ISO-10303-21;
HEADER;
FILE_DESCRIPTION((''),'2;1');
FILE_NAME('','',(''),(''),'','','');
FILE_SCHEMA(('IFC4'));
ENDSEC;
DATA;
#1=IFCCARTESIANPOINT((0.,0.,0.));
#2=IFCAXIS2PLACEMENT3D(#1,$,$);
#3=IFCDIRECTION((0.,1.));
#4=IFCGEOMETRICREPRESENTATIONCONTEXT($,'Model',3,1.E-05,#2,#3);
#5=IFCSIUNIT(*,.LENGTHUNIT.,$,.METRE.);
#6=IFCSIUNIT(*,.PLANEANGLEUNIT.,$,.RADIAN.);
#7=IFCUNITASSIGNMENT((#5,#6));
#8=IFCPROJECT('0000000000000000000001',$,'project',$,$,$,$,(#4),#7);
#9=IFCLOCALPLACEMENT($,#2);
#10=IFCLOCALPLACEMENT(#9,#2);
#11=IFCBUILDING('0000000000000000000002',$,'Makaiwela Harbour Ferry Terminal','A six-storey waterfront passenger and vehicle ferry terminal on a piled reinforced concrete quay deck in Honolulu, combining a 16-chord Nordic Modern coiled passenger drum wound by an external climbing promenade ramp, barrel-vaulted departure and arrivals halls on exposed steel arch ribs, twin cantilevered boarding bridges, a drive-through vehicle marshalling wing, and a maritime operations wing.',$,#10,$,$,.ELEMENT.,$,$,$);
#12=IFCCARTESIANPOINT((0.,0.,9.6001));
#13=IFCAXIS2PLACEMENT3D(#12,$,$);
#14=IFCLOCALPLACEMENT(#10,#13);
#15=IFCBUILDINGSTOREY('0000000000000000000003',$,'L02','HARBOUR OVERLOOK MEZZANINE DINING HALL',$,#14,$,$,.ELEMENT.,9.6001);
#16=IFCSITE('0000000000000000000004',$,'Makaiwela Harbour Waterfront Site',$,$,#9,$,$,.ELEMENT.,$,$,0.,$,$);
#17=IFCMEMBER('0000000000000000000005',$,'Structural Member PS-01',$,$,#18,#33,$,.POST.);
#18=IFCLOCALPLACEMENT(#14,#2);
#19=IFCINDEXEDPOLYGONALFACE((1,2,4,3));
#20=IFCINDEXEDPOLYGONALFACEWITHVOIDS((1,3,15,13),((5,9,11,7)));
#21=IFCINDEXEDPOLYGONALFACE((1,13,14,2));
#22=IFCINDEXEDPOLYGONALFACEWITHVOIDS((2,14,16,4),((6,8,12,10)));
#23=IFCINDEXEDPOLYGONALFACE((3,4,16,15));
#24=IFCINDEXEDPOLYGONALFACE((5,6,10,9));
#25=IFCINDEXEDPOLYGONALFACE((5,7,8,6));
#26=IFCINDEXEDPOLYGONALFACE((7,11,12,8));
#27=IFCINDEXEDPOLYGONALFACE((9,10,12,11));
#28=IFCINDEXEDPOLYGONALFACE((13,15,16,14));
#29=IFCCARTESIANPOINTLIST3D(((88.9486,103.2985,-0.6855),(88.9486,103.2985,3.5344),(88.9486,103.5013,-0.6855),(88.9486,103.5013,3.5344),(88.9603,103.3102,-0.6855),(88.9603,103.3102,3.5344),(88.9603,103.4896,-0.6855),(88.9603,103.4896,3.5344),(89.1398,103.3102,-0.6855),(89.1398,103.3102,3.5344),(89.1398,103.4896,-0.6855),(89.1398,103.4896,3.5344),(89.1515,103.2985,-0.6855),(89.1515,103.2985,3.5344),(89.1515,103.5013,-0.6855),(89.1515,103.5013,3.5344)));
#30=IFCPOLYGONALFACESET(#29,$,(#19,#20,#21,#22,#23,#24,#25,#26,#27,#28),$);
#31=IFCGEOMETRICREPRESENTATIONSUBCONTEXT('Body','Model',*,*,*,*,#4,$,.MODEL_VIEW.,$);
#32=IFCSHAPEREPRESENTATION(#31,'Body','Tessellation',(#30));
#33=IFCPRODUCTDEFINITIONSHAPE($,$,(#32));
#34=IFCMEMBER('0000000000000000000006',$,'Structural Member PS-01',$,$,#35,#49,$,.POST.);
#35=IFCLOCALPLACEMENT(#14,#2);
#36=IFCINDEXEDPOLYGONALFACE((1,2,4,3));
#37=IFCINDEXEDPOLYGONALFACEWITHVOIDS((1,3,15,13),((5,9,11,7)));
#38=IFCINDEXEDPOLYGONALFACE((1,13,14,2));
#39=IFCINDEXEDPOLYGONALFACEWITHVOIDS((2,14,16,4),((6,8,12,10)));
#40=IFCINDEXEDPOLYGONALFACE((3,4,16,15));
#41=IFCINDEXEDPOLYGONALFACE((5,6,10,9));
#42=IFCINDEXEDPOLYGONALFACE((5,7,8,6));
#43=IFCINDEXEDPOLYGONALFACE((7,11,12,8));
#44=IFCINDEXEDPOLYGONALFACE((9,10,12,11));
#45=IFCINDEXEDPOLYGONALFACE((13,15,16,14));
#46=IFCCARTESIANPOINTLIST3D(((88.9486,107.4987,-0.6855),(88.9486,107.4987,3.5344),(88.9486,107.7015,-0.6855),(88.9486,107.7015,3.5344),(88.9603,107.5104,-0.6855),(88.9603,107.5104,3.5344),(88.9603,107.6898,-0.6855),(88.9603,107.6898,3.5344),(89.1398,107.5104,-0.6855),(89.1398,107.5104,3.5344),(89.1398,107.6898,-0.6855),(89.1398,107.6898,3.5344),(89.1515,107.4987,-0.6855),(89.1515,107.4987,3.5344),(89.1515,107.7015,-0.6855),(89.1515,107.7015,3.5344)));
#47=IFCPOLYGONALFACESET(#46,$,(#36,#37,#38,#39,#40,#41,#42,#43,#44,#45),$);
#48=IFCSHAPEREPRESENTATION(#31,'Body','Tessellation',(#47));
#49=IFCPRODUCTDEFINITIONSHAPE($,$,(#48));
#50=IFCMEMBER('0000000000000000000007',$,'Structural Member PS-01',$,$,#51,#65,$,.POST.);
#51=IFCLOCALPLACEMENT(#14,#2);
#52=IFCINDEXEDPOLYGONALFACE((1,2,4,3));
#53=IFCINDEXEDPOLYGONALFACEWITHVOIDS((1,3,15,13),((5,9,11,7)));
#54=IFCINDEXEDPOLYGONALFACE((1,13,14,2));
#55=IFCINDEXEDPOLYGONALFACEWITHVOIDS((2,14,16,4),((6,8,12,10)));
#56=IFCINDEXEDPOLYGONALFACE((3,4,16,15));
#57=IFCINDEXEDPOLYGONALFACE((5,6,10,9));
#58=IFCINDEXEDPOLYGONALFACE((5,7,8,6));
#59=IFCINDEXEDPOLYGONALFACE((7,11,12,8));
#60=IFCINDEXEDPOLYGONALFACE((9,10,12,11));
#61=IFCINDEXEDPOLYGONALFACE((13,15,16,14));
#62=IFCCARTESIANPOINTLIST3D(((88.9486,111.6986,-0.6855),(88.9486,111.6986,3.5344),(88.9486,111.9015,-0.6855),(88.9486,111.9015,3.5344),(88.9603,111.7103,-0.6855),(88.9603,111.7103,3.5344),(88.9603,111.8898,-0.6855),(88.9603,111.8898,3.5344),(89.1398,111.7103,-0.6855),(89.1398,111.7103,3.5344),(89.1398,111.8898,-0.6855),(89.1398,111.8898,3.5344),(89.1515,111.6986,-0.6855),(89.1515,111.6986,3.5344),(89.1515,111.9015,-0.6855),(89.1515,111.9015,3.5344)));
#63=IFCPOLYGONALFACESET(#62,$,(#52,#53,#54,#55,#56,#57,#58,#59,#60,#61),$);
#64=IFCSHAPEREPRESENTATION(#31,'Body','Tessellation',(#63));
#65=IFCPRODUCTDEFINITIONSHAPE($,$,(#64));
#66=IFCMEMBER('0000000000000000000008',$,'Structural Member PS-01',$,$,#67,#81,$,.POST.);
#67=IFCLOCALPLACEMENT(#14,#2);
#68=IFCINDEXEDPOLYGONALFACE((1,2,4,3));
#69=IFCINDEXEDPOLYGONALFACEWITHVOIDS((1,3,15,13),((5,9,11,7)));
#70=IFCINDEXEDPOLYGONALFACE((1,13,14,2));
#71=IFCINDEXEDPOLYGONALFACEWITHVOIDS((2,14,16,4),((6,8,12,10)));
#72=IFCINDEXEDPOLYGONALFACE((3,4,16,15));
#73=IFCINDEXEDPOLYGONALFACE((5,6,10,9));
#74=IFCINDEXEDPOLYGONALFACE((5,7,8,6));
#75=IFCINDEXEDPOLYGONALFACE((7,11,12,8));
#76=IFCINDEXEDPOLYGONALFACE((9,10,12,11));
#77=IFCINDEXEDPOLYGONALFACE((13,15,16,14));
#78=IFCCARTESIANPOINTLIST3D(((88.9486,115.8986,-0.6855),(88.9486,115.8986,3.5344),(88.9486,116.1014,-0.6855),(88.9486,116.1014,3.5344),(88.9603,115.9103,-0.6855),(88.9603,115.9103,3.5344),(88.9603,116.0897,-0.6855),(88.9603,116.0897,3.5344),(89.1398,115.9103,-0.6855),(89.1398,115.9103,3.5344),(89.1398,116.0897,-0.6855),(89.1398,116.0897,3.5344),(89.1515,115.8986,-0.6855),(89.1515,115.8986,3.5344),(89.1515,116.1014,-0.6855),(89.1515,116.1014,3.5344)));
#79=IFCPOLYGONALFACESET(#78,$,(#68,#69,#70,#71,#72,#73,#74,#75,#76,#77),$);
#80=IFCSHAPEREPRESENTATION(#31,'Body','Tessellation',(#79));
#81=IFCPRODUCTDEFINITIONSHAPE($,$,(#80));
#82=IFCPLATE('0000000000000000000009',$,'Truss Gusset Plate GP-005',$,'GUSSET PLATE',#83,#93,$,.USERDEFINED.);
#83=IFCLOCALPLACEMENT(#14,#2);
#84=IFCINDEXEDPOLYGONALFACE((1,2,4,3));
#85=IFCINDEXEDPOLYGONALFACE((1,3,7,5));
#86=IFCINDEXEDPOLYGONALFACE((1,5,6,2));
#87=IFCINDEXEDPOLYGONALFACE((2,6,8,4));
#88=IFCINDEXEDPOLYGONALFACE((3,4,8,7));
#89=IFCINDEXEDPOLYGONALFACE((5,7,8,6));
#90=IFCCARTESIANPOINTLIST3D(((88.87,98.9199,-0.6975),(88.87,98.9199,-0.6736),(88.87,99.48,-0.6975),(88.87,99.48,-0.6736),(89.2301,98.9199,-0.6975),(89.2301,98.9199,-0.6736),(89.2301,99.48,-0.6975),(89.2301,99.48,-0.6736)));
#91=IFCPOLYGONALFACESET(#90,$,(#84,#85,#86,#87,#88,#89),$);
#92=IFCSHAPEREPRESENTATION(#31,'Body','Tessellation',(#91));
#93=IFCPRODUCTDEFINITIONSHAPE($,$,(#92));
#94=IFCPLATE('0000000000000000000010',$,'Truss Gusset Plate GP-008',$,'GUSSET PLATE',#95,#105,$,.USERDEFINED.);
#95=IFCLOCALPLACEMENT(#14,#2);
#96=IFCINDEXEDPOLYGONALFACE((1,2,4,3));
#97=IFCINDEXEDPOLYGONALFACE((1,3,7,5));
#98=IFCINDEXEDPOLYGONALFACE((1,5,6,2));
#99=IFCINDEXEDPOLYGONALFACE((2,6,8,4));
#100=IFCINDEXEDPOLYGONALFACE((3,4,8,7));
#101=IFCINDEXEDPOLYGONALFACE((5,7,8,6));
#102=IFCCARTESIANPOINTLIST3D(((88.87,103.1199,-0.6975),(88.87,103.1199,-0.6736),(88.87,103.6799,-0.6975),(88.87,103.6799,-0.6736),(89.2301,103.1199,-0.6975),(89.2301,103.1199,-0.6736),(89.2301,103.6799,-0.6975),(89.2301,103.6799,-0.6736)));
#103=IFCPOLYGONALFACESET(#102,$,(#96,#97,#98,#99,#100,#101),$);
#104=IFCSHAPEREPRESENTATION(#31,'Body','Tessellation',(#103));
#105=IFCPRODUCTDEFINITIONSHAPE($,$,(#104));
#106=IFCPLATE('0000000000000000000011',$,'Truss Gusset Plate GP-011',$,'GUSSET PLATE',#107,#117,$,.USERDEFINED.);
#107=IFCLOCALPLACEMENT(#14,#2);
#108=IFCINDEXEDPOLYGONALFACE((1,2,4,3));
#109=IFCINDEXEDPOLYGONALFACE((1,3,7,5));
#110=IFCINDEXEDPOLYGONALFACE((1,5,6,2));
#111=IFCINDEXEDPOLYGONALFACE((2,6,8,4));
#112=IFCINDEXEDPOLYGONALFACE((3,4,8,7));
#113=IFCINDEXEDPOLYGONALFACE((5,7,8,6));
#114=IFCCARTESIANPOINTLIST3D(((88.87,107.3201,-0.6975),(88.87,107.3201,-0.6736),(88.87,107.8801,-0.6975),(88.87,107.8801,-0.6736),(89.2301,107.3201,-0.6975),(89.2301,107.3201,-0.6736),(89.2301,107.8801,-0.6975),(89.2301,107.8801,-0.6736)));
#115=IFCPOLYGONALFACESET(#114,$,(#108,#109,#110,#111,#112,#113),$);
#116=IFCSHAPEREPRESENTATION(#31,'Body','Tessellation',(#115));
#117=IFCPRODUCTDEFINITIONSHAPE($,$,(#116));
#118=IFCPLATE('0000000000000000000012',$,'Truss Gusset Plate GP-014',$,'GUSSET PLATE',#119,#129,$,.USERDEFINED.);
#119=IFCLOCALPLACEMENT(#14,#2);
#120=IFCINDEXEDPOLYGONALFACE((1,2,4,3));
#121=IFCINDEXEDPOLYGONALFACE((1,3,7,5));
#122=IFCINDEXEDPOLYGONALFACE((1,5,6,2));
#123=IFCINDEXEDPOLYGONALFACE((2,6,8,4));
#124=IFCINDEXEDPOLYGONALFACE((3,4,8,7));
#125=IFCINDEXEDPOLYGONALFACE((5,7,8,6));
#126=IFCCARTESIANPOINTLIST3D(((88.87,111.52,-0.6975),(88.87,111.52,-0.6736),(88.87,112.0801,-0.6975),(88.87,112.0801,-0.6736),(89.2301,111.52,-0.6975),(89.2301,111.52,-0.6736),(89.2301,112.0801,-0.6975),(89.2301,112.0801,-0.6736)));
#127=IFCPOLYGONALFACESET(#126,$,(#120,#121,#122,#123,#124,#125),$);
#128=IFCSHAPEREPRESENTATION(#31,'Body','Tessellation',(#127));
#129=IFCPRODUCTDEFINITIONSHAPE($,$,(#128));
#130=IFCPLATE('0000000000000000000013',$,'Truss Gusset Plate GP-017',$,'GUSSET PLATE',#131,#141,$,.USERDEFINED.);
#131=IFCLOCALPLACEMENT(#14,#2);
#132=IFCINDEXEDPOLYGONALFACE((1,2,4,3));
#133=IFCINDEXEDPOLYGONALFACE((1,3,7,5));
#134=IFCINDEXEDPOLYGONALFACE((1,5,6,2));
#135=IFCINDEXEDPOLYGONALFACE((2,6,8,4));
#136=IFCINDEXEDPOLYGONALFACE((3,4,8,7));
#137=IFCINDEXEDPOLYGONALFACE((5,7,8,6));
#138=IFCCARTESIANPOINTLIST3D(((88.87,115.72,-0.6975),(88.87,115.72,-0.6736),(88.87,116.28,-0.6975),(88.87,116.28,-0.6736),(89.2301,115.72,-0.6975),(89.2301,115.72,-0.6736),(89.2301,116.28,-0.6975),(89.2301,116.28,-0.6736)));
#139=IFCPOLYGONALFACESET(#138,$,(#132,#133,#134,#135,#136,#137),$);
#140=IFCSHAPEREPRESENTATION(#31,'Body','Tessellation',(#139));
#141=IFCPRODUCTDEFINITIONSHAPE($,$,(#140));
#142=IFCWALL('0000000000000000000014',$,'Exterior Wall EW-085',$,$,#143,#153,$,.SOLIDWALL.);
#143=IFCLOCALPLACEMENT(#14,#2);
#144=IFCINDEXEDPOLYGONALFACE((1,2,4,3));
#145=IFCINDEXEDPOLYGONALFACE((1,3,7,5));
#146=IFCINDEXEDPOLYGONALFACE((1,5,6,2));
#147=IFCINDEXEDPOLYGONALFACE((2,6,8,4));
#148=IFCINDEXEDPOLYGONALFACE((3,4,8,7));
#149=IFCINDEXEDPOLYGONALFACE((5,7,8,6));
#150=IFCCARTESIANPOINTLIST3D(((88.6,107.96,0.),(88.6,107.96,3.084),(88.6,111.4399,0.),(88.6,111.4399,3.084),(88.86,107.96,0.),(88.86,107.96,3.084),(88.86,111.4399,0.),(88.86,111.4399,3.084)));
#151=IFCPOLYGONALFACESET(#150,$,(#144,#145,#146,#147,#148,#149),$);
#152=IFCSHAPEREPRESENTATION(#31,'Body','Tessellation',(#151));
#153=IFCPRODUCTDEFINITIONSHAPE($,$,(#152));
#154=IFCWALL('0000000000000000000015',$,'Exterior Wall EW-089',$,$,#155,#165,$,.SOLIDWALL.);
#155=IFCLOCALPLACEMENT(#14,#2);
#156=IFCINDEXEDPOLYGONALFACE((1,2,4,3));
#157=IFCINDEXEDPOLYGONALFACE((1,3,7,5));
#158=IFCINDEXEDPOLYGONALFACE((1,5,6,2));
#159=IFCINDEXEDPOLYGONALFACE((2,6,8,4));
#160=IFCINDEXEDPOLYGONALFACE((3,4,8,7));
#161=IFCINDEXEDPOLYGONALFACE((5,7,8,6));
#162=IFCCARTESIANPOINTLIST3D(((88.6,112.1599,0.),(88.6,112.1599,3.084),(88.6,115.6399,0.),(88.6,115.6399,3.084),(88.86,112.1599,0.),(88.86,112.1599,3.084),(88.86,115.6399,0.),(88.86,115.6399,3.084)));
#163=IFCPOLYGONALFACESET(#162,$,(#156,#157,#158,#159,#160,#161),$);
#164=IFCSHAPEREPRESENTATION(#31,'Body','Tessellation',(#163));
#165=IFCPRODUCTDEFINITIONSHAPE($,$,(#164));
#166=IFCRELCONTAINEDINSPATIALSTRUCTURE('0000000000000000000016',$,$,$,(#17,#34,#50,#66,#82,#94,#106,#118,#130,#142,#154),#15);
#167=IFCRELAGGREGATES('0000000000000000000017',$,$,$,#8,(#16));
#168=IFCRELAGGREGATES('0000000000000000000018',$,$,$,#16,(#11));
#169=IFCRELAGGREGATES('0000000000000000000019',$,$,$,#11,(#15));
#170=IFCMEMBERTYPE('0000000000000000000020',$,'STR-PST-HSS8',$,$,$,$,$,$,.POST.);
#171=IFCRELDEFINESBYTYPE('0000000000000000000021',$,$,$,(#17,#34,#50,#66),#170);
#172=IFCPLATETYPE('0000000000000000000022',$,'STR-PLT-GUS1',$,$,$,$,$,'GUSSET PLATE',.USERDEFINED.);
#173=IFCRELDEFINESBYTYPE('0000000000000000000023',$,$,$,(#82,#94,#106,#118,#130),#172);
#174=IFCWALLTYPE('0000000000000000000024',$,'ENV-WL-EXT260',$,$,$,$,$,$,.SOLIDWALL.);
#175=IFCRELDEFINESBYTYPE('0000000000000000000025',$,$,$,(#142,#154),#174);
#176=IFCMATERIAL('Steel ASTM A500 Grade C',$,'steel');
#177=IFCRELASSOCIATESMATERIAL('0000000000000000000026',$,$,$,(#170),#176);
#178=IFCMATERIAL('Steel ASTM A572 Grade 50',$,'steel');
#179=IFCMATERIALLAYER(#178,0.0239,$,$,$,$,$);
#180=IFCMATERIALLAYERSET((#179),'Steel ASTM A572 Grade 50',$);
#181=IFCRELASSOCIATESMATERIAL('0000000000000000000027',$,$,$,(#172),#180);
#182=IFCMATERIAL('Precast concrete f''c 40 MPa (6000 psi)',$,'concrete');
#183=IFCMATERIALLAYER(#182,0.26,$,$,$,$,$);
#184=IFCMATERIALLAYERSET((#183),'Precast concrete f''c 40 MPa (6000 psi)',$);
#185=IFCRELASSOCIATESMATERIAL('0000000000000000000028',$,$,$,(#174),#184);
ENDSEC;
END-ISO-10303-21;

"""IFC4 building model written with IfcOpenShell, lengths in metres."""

from ifc_helpers import new_model, si_unit, direction, frame, frame_2d, origin, origin_2d, place, context, subcontext, project, spatial, rectangle, hollow_rectangle, extrude, material, layer, layer_set, material_profile, profile_set, type_object, element, save


model = new_model("IFC4")

# Units and contexts
model_context = context("Model", 3, precision=1e-05, world=origin(), true_north=direction((0.0, 1.0)))
body_context = subcontext(model_context, "Body", "Model", "MODEL_VIEW")
ifc_project = project(units=[si_unit("LENGTHUNIT", "METRE"), si_unit("PLANEANGLEUNIT", "RADIAN")], contexts=[model_context])

# Site, building, storey
site_placement = place(None, origin())
site = spatial("IfcSite", under=ifc_project, at=site_placement, Name="Makaiwela Harbour Waterfront Site", CompositionType="ELEMENT", RefElevation=0.0)
building_placement = place(site_placement, origin())
building = spatial("IfcBuilding", under=site, at=building_placement, Name="Makaiwela Harbour Ferry Terminal", Description="A six-storey waterfront passenger and vehicle ferry terminal on a piled reinforced concrete quay deck in Honolulu, combining a 16-chord Nordic Modern coiled passenger drum wound by an external climbing promenade ramp, barrel-vaulted departure and arrivals halls on exposed steel arch ribs, twin cantilevered boarding bridges, a drive-through vehicle marshalling wing, and a maritime operations wing.", CompositionType="ELEMENT")
storey_placement = place(building_placement, frame((0.0, 0.0, 9.6001)))
storey = spatial("IfcBuildingStorey", under=building, at=storey_placement, Name="L02", Description="HARBOUR OVERLOOK MEZZANINE DINING HALL", CompositionType="ELEMENT", Elevation=9.6001)

# Shared definitions
ifc_material_1 = material(Name="Steel ASTM A500 Grade C", Category="steel")

# Members
ifc_material_profile_1 = material_profile(ifc_material_1, hollow_rectangle(XDim=0.2029, YDim=0.2029, WallThickness=0.0117, at=origin_2d()), Name="HSS8X8X1/2")
ifc_profile_set_1 = profile_set([ifc_material_profile_1], Name="Steel ASTM A500 Grade C")
member_type_1 = type_object("IfcMemberType", Name="STR-PST-HSS8", PredefinedType="POST", material=ifc_profile_set_1)
for number, where, z_axis, x_axis, name in (
    (1, (89.05, 103.3999, -0.6855), (0.0, 0.0, 1.0), (1.0, 0.0, 0.0), "Structural Member PS-01"),
    (2, (89.05, 107.6001, -0.6855), (0.0, 0.0, 1.0), (1.0, 0.0, 0.0), "Structural Member PS-01"),
    (3, (89.05, 111.8, -0.6855), (0.0, 0.0, 1.0), (1.0, 0.0, 0.0), "Structural Member PS-01"),
    (4, (89.05, 116.0, -0.6855), (0.0, 0.0, 1.0), (1.0, 0.0, 0.0), "Structural Member PS-01"),
):
    element("IfcMember", number, at=place(storey_placement, frame(where, z_axis=z_axis, x_axis=x_axis)), inside=storey, type_object=member_type_1, Name=name, PredefinedType="POST", context=body_context, shape_type="SweptSolid", body=[
        extrude(hollow_rectangle(XDim=0.2029, YDim=0.2029, WallThickness=0.0117, at=origin_2d()), origin(), (0.0, 0.0, 1.0), 4.22),
    ])

# Plates
ifc_material_2 = material(Name="Steel ASTM A572 Grade 50", Category="steel")
ifc_layer_1 = layer(ifc_material_2, 0.0239)
ifc_layer_set_1 = layer_set([ifc_layer_1], Name="Steel ASTM A572 Grade 50")
plate_type = type_object("IfcPlateType", Name="STR-PLT-GUS1", ElementType="GUSSET PLATE", PredefinedType="USERDEFINED", material=ifc_layer_set_1)
for number, where, z_axis, x_axis, name in (
    (5, (89.05, 99.2, -0.6975), (0.0, 0.0, 1.0), (0.0, 1.0, 0.0), "Truss Gusset Plate GP-005"),
    (6, (89.05, 103.3999, -0.6975), (0.0, 0.0, 1.0), (0.0, 1.0, 0.0), "Truss Gusset Plate GP-008"),
    (7, (89.05, 107.6001, -0.6975), (0.0, 0.0, 1.0), (0.0, 1.0, 0.0), "Truss Gusset Plate GP-011"),
    (8, (89.05, 111.8, -0.6975), (0.0, 0.0, 1.0), (0.0, 1.0, 0.0), "Truss Gusset Plate GP-014"),
    (9, (89.05, 116.0, -0.6975), (0.0, 0.0, 1.0), (0.0, 1.0, 0.0), "Truss Gusset Plate GP-017"),
):
    element("IfcPlate", number, at=place(storey_placement, frame(where, z_axis=z_axis, x_axis=x_axis)), inside=storey, type_object=plate_type, Name=name, ObjectType="GUSSET PLATE", PredefinedType="USERDEFINED", context=body_context, shape_type="SweptSolid", body=[
        extrude(rectangle(XDim=0.5601, YDim=0.3601, at=origin_2d()), origin(), (0.0, 0.0, 1.0), 0.0239),
    ])

# Walls
ifc_material_3 = material(Name="Precast concrete f'c 40 MPa (6000 psi)", Category="concrete")
ifc_layer_2 = layer(ifc_material_3, 0.26)
ifc_layer_set_2 = layer_set([ifc_layer_2], Name="Precast concrete f'c 40 MPa (6000 psi)")
wall_type = type_object("IfcWallType", Name="ENV-WL-EXT260", PredefinedType="SOLIDWALL", material=ifc_layer_set_2)
for number, where, z_axis, x_axis, name in (
    (10, (88.73, 107.96, 0.0), (0.0, 0.0, 1.0), (0.0, 1.0, 0.0), "Exterior Wall EW-085"),
    (11, (88.73, 112.1599, 0.0), (0.0, 0.0, 1.0), (0.0, 1.0, 0.0), "Exterior Wall EW-089"),
):
    element("IfcWall", number, at=place(storey_placement, frame(where, z_axis=z_axis, x_axis=x_axis)), inside=storey, type_object=wall_type, Name=name, PredefinedType="SOLIDWALL", context=body_context, shape_type="SweptSolid", body=[
        extrude(rectangle(XDim=3.48, YDim=0.26, at=frame_2d((1.74, 0.0))), origin(), (0.0, 0.0, 1.0), 3.084),
    ])

save(model, "model.ifc")
